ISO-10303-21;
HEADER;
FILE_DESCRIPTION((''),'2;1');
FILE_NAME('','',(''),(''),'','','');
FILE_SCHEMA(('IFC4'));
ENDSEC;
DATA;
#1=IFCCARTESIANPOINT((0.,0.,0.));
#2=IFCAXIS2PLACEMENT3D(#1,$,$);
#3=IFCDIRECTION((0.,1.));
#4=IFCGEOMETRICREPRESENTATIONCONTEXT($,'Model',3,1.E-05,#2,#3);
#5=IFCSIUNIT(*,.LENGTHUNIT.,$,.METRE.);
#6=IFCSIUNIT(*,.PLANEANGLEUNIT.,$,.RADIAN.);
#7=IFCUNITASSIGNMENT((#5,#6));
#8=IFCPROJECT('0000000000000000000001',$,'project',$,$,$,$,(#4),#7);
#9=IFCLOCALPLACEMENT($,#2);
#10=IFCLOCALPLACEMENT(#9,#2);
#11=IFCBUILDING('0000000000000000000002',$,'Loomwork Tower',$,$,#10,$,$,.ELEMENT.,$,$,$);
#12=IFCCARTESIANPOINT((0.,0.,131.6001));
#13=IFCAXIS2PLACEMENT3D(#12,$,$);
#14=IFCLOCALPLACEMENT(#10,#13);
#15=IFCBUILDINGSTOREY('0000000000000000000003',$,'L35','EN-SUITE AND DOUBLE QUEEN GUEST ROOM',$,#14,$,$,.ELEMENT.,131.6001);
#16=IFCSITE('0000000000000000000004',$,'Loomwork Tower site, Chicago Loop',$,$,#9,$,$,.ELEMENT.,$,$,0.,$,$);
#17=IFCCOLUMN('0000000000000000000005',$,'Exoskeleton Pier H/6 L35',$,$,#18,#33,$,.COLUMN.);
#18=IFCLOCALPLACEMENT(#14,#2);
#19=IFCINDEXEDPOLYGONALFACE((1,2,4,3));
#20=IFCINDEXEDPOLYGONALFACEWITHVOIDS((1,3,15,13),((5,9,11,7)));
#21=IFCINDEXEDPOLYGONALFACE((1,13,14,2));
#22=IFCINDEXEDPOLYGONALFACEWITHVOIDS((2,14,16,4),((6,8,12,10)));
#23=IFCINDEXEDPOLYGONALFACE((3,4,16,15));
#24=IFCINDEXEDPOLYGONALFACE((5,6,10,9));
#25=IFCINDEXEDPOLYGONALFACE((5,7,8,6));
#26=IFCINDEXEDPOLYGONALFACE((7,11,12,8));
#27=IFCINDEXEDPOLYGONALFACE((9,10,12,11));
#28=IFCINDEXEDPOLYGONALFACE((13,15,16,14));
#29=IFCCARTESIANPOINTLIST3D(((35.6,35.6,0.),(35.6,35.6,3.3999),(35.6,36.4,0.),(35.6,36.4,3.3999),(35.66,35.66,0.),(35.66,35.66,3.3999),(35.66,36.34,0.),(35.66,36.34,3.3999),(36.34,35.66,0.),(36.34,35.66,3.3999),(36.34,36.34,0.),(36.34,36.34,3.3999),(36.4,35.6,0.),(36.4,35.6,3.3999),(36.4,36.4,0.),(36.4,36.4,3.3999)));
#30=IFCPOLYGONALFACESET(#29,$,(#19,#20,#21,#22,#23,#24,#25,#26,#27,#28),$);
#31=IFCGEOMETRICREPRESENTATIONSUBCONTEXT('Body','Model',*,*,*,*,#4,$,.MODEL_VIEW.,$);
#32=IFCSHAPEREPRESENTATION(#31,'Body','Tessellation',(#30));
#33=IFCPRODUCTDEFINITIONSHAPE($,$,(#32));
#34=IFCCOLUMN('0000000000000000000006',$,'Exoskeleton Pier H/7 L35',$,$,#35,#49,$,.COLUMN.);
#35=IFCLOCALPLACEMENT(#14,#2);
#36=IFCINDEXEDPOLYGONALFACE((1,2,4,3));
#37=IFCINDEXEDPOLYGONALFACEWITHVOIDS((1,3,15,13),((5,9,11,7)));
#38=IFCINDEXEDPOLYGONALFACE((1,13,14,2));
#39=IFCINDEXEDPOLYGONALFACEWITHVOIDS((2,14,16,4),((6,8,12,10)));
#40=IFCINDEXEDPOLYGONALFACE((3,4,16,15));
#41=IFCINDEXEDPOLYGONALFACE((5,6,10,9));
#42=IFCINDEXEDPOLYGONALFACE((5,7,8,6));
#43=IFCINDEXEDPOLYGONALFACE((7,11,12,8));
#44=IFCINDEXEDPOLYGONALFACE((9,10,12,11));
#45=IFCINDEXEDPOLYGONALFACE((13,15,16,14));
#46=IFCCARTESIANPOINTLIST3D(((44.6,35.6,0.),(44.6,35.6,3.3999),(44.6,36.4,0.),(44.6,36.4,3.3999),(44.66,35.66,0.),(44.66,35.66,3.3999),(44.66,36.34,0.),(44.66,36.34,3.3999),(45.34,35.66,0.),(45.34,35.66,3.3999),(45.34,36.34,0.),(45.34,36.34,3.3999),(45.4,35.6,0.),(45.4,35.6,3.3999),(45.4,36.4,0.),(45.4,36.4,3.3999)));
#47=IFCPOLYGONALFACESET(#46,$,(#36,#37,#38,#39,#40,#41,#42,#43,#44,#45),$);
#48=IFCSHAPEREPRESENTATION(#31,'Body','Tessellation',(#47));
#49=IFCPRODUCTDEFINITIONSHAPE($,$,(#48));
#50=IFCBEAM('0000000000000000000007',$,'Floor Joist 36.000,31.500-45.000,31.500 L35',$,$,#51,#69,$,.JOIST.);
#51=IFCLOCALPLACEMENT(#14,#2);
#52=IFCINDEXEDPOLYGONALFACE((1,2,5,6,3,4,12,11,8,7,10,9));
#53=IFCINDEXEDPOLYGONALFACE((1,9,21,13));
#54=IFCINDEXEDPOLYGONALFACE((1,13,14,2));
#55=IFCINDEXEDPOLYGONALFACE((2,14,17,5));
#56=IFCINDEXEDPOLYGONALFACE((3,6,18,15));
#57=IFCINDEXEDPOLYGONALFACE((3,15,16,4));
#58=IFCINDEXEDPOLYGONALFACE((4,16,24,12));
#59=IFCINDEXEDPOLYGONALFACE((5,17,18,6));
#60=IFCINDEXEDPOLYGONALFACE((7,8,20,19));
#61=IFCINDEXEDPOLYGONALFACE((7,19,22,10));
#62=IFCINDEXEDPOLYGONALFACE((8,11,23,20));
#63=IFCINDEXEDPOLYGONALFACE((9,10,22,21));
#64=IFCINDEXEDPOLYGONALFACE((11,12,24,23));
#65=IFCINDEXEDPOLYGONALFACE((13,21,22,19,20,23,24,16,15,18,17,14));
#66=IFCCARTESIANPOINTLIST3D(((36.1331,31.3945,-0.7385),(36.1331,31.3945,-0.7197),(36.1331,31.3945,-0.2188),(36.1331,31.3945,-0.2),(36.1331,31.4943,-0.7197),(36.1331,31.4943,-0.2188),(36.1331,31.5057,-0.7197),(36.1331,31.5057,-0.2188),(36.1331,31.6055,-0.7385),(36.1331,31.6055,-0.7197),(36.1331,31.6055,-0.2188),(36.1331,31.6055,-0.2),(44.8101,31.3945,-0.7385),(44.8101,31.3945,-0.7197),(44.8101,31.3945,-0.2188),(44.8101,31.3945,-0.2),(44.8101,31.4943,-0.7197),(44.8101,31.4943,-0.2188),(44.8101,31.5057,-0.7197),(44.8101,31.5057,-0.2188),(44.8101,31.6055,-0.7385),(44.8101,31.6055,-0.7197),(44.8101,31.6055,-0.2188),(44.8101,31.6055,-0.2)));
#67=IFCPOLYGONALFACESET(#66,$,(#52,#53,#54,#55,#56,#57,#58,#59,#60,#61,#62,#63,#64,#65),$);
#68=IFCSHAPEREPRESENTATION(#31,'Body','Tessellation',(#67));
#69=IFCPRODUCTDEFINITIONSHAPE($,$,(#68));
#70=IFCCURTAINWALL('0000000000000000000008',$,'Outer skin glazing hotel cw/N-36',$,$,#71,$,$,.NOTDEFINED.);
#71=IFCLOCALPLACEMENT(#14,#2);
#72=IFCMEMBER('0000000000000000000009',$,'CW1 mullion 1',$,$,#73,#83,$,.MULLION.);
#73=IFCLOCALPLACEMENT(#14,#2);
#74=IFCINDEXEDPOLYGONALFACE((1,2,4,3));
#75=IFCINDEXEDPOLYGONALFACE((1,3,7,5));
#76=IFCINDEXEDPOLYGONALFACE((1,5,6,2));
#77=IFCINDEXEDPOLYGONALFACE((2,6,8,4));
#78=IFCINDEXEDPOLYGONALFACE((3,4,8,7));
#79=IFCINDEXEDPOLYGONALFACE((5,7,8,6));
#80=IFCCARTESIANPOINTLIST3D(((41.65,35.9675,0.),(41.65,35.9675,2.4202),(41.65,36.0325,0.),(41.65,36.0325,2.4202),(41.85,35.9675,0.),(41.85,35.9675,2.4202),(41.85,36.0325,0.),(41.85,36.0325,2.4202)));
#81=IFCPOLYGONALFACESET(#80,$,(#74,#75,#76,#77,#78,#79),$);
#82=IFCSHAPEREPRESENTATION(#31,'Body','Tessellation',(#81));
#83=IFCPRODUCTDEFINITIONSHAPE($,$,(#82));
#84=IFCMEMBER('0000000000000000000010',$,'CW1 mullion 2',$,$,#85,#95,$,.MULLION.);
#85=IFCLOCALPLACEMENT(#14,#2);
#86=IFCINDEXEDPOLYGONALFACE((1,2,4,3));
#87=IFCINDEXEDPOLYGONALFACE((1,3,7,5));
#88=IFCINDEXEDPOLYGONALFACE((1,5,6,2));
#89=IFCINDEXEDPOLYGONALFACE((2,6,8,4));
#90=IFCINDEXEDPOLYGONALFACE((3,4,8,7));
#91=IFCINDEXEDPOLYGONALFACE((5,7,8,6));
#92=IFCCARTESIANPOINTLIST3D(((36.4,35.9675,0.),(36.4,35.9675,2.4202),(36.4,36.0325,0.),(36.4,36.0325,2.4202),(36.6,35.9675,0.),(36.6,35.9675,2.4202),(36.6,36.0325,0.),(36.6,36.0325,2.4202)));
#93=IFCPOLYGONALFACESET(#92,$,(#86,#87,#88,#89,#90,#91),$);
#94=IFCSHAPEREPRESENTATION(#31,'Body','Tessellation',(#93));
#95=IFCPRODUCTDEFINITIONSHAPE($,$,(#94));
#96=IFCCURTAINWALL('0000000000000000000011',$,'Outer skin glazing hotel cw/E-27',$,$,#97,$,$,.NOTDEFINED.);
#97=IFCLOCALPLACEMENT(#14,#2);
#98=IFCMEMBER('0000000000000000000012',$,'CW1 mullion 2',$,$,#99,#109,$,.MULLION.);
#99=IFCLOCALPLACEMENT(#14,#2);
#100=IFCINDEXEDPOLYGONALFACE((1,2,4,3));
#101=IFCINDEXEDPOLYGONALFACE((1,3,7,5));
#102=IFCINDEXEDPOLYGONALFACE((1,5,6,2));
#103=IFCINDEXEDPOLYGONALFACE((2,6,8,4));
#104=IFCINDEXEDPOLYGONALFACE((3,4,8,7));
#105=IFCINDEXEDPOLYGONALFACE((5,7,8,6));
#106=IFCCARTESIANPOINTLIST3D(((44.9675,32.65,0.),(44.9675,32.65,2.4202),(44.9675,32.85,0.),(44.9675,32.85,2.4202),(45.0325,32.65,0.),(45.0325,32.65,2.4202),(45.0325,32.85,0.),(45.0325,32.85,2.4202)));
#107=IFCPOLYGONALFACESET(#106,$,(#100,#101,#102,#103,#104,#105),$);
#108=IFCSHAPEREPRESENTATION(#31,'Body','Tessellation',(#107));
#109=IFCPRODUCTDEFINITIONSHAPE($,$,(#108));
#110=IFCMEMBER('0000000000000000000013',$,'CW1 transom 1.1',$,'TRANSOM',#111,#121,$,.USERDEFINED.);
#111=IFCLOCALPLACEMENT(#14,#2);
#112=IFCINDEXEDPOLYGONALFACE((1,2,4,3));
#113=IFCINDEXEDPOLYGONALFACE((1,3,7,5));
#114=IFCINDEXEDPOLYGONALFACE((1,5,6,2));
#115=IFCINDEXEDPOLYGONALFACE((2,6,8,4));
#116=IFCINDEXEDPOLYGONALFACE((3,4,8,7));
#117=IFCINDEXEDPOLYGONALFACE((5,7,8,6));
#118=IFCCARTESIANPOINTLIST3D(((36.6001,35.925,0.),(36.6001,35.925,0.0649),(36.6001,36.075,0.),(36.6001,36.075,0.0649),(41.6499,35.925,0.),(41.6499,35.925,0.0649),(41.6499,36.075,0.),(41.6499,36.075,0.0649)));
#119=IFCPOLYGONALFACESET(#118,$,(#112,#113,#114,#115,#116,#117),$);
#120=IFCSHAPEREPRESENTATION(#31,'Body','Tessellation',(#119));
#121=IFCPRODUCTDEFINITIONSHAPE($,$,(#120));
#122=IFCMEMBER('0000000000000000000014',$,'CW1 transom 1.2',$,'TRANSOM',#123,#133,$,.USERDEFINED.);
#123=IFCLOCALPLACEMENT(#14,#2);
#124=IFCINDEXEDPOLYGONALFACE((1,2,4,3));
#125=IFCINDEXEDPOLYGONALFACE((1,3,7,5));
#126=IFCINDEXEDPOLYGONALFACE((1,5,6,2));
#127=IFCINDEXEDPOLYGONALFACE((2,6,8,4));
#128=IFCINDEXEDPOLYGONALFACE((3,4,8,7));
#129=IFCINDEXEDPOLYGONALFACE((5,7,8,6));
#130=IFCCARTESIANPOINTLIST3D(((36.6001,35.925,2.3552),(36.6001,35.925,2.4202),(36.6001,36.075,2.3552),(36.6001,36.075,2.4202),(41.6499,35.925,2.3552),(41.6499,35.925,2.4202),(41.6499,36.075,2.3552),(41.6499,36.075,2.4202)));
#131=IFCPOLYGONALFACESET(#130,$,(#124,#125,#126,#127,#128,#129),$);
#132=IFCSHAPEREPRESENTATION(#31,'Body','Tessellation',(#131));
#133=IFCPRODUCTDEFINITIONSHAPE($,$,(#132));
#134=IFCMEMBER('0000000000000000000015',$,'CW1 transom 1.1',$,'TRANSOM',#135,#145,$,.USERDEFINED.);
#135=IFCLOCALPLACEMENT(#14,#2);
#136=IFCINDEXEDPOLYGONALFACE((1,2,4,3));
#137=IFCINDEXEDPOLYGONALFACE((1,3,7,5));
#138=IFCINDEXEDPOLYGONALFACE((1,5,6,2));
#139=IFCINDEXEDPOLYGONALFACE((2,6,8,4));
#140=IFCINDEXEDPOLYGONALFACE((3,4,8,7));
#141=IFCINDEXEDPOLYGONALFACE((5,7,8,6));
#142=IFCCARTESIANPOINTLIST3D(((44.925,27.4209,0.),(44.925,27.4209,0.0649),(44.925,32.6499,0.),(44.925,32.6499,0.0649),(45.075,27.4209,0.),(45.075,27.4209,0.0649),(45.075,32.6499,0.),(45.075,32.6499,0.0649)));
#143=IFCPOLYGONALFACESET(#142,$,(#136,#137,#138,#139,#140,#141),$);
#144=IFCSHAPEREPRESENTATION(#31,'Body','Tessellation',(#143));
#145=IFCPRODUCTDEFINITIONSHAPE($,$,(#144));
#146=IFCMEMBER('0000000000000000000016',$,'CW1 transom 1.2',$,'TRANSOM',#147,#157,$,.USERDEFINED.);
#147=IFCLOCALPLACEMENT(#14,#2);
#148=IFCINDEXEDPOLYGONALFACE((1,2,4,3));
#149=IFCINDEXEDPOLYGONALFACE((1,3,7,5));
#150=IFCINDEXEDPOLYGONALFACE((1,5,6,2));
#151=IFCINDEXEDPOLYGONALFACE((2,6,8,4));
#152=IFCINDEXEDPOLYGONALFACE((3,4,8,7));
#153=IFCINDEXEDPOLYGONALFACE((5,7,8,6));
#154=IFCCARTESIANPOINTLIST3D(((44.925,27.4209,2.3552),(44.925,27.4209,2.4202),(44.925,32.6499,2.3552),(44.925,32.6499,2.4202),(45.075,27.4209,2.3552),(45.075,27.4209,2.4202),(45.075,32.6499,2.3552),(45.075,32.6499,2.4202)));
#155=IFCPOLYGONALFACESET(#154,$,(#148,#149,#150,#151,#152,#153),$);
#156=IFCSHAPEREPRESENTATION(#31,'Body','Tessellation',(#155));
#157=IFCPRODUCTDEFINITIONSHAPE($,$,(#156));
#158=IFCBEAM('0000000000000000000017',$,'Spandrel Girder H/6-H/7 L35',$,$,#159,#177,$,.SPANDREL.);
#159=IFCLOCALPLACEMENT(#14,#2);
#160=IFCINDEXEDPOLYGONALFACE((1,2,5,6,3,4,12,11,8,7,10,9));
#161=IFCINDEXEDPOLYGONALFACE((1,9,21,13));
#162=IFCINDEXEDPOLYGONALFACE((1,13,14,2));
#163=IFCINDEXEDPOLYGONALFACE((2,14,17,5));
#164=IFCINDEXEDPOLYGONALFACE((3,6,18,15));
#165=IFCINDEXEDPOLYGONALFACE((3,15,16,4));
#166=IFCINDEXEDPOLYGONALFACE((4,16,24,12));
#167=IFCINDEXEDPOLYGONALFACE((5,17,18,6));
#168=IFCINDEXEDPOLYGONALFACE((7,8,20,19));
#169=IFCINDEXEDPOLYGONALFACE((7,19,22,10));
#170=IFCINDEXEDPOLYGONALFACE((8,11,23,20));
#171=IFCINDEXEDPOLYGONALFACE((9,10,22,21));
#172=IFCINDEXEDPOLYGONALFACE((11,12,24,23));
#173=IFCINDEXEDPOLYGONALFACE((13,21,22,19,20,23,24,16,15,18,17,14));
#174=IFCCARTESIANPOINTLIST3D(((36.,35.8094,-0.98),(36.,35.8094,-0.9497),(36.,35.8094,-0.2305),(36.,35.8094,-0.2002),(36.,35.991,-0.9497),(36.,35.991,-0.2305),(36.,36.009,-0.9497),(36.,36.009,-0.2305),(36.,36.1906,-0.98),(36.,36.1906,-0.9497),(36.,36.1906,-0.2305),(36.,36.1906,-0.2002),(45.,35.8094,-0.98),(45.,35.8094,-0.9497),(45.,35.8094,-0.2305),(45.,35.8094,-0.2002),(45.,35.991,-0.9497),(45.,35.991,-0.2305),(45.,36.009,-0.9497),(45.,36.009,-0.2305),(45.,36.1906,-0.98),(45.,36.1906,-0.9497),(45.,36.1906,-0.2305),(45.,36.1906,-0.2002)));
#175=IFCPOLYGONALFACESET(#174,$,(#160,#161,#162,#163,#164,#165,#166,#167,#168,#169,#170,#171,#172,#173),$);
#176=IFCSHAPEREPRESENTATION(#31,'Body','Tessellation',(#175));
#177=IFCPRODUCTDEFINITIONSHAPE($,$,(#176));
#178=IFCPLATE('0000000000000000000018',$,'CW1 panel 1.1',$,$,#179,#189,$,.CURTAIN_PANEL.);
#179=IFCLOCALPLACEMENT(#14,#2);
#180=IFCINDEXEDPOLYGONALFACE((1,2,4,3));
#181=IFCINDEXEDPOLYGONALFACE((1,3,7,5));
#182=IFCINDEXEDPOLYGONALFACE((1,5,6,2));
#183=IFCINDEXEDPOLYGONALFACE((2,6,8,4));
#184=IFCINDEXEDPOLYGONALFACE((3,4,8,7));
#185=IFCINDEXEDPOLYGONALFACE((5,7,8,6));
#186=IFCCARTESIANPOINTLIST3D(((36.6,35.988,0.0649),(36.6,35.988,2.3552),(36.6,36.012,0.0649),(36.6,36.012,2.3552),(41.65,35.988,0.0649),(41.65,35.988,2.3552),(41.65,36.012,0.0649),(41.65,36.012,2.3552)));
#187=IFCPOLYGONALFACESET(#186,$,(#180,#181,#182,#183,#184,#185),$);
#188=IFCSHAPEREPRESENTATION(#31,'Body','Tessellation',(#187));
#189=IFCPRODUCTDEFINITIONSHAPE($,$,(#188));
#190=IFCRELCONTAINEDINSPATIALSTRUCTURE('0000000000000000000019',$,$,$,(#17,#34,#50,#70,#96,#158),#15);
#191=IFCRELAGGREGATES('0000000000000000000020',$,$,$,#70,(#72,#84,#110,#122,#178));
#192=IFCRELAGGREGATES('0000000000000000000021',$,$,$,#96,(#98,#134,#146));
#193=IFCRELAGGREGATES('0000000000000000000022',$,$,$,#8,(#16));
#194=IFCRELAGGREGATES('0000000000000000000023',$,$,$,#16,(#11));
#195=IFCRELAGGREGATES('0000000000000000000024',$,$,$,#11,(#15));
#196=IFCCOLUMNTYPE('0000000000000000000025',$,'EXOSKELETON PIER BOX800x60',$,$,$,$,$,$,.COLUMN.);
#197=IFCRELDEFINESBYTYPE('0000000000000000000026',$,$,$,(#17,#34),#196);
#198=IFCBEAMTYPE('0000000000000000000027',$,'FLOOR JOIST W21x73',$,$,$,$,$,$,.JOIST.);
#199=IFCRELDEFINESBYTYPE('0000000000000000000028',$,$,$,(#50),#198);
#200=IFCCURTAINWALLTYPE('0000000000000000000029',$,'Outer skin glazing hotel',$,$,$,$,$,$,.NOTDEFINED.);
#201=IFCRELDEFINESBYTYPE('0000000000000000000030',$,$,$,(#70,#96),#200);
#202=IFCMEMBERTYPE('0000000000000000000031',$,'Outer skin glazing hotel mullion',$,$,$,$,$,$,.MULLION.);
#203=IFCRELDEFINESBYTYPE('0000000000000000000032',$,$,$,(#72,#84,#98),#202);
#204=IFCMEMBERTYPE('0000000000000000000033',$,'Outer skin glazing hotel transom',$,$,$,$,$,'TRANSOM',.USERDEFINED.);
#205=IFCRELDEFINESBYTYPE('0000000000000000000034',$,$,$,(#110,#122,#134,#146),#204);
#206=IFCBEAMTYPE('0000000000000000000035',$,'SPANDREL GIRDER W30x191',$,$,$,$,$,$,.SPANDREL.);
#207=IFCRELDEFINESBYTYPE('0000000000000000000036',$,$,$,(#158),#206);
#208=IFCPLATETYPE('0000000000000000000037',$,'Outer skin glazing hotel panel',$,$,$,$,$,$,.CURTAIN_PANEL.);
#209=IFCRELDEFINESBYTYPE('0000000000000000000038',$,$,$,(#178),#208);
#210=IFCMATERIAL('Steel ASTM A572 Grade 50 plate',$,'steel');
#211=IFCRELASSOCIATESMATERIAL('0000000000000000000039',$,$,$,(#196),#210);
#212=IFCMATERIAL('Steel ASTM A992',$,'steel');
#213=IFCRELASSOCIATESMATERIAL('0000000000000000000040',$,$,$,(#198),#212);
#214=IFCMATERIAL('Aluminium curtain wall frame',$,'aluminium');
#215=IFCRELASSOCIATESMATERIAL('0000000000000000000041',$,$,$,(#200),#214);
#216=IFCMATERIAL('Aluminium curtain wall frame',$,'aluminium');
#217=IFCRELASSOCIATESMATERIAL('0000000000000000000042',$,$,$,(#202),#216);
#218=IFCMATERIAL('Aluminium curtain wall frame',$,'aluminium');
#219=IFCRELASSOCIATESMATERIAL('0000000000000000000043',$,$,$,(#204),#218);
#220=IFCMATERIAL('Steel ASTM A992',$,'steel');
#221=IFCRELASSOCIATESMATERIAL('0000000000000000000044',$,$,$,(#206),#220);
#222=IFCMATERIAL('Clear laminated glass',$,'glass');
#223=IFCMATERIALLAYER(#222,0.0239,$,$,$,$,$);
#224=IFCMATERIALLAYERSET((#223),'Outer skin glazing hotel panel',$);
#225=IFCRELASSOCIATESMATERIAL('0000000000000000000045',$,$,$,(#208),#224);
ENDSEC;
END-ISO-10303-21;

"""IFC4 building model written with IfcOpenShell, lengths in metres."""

from ifc_helpers import new_model, si_unit, direction, frame, origin, origin_2d, place, context, subcontext, project, spatial, rectangle, hollow_rectangle, i_section, extrude, material, layer, layer_set, material_profile, profile_set, type_object, element, aggregate, save


model = new_model("IFC4")

# Units and contexts
model_context = context("Model", 3, precision=1e-05, world=origin(), true_north=direction((0.0, 1.0)))
body_context = subcontext(model_context, "Body", "Model", "MODEL_VIEW")
ifc_project = project(units=[si_unit("LENGTHUNIT", "METRE"), si_unit("PLANEANGLEUNIT", "RADIAN")], contexts=[model_context])

# Site, building, storey
site_placement = place(None, origin())
site = spatial("IfcSite", under=ifc_project, at=site_placement, Name="Loomwork Tower site, Chicago Loop", CompositionType="ELEMENT", RefElevation=0.0)
building_placement = place(site_placement, origin())
building = spatial("IfcBuilding", under=site, at=building_placement, Name="Loomwork Tower", CompositionType="ELEMENT")
storey_placement = place(building_placement, frame((0.0, 0.0, 131.6001)))
storey = spatial("IfcBuildingStorey", under=building, at=storey_placement, Name="L35", Description="EN-SUITE AND DOUBLE QUEEN GUEST ROOM", CompositionType="ELEMENT", Elevation=131.6001)

# Columns
ifc_material_1 = material(Name="Steel ASTM A572 Grade 50 plate", Category="steel")
ifc_material_profile_1 = material_profile(ifc_material_1, hollow_rectangle(XDim=0.8, YDim=0.8, WallThickness=0.0601, at=origin_2d()), Name="BOX800x60")
ifc_profile_set_1 = profile_set([ifc_material_profile_1], Name="Steel ASTM A572 Grade 50 plate")
column_type = type_object("IfcColumnType", Name="EXOSKELETON PIER BOX800x60", PredefinedType="COLUMN", material=ifc_profile_set_1)
for number, where, z_axis, x_axis, name in (
    (1, (36.0, 36.0, 0.0), (0.0, 0.0, 1.0), (1.0, 0.0, 0.0), "Exoskeleton Pier H/6 L35"),
    (2, (45.0, 36.0, 0.0), (0.0, 0.0, 1.0), (1.0, 0.0, 0.0), "Exoskeleton Pier H/7 L35"),
):
    element("IfcColumn", number, at=place(storey_placement, frame(where, z_axis=z_axis, x_axis=x_axis)), inside=storey, type_object=column_type, Name=name, PredefinedType="COLUMN", context=body_context, shape_type="SweptSolid", body=[
        extrude(hollow_rectangle(XDim=0.8, YDim=0.8, WallThickness=0.0601, at=origin_2d()), origin(), (0.0, 0.0, 1.0), 3.3999),
    ])

# Beam
ifc_material_2 = material(Name="Steel ASTM A992", Category="steel")
ifc_material_profile_2 = material_profile(ifc_material_2, i_section(OverallWidth=0.2109, OverallDepth=0.5386, WebThickness=0.0115, FlangeThickness=0.0188, at=origin_2d()), Name="W21x73")
ifc_profile_set_2 = profile_set([ifc_material_profile_2], Name="Steel ASTM A992")
beam_type_1 = type_object("IfcBeamType", Name="FLOOR JOIST W21x73", PredefinedType="JOIST", material=ifc_profile_set_2)
beam_1_placement = place(storey_placement, frame((36.1331, 31.5, -0.4692), z_axis=(1.0, 0.0, 0.0), x_axis=(0.0, 1.0, 0.0)))
element("IfcBeam", 3, at=beam_1_placement, inside=storey, type_object=beam_type_1, Name="Floor Joist 36.000,31.500-45.000,31.500 L35", PredefinedType="JOIST", context=body_context, shape_type="SweptSolid", body=[
    extrude(i_section(OverallWidth=0.2109, OverallDepth=0.5386, WebThickness=0.0115, FlangeThickness=0.0188, at=origin_2d()), origin(), (0.0, 0.0, 1.0), 8.677),
])

# Curtain wall, members
ifc_material_3 = material(Name="Aluminium curtain wall frame", Category="aluminium")
curtain_wall_type = type_object("IfcCurtainWallType", Name="Outer skin glazing hotel", PredefinedType="NOTDEFINED", material=ifc_material_3)
curtain_wall_1_placement = place(storey_placement, origin())
curtain_wall_1 = element("IfcCurtainWall", 4, at=curtain_wall_1_placement, inside=storey, type_object=curtain_wall_type, Name="Outer skin glazing hotel cw/N-36", PredefinedType="NOTDEFINED")
ifc_material_4 = material(Name="Aluminium curtain wall frame", Category="aluminium")
ifc_material_profile_3 = material_profile(ifc_material_4, rectangle(XDim=0.0649, YDim=0.2, at=origin_2d()), Name="AL 65x200")
ifc_profile_set_3 = profile_set([ifc_material_profile_3], Name="Aluminium curtain wall frame")
member_type_1 = type_object("IfcMemberType", Name="Outer skin glazing hotel mullion", PredefinedType="MULLION", material=ifc_profile_set_3)
member_1_placement = place(storey_placement, frame((41.75, 36.0, 0.0), z_axis=(0.0, 0.0, 1.0), x_axis=(0.0, -1.0, 0.0)))
member_1 = element("IfcMember", 5, at=member_1_placement, type_object=member_type_1, Name="CW1 mullion 1", PredefinedType="MULLION", context=body_context, shape_type="SweptSolid", body=[
    extrude(rectangle(XDim=0.0649, YDim=0.2, at=origin_2d()), origin(), (0.0, 0.0, 1.0), 2.4202),
])
member_2_placement = place(storey_placement, frame((36.5, 36.0, 0.0), z_axis=(0.0, 0.0, 1.0), x_axis=(0.0, -1.0, 0.0)))
member_2 = element("IfcMember", 6, at=member_2_placement, type_object=member_type_1, Name="CW1 mullion 2", PredefinedType="MULLION", context=body_context, shape_type="SweptSolid", body=[
    extrude(rectangle(XDim=0.0649, YDim=0.2, at=origin_2d()), origin(), (0.0, 0.0, 1.0), 2.4202),
])

# Curtain wall, member
curtain_wall_2_placement = place(storey_placement, origin())
curtain_wall_2 = element("IfcCurtainWall", 7, at=curtain_wall_2_placement, inside=storey, type_object=curtain_wall_type, Name="Outer skin glazing hotel cw/E-27", PredefinedType="NOTDEFINED")
member_3_placement = place(storey_placement, frame((45.0, 32.75, 0.0), z_axis=(0.0, 0.0, 1.0), x_axis=(-1.0, 0.0, 0.0)))
member_3 = element("IfcMember", 8, at=member_3_placement, type_object=member_type_1, Name="CW1 mullion 2", PredefinedType="MULLION", context=body_context, shape_type="SweptSolid", body=[
    extrude(rectangle(XDim=0.0649, YDim=0.2, at=origin_2d()), origin(), (0.0, 0.0, 1.0), 2.4202),
])

# Members
ifc_material_5 = material(Name="Aluminium curtain wall frame", Category="aluminium")
ifc_material_profile_4 = material_profile(ifc_material_5, rectangle(XDim=0.1499, YDim=0.0649, at=origin_2d()), Name="AL 65x150")
ifc_profile_set_4 = profile_set([ifc_material_profile_4], Name="Aluminium curtain wall frame")
member_type_2 = type_object("IfcMemberType", Name="Outer skin glazing hotel transom", ElementType="TRANSOM", PredefinedType="USERDEFINED", material=ifc_profile_set_4)
member_4_placement = place(storey_placement, frame((41.6499, 36.0, 0.0325), z_axis=(-1.0, 0.0, 0.0), x_axis=(0.0, -1.0, 0.0)))
member_4 = element("IfcMember", 9, at=member_4_placement, type_object=member_type_2, Name="CW1 transom 1.1", ObjectType="TRANSOM", PredefinedType="USERDEFINED", context=body_context, shape_type="SweptSolid", body=[
    extrude(rectangle(XDim=0.1499, YDim=0.0649, at=origin_2d()), origin(), (0.0, 0.0, 1.0), 5.0498),
])
member_5_placement = place(storey_placement, frame((41.6499, 36.0, 2.3877), z_axis=(-1.0, 0.0, 0.0), x_axis=(0.0, -1.0, 0.0)))
member_5 = element("IfcMember", 10, at=member_5_placement, type_object=member_type_2, Name="CW1 transom 1.2", ObjectType="TRANSOM", PredefinedType="USERDEFINED", context=body_context, shape_type="SweptSolid", body=[
    extrude(rectangle(XDim=0.1499, YDim=0.0649, at=origin_2d()), origin(), (0.0, 0.0, 1.0), 5.0498),
])
member_6_placement = place(storey_placement, frame((45.0, 27.4209, 0.0325), z_axis=(0.0, 1.0, 0.0), x_axis=(-1.0, 0.0, 0.0)))
member_6 = element("IfcMember", 11, at=member_6_placement, type_object=member_type_2, Name="CW1 transom 1.1", ObjectType="TRANSOM", PredefinedType="USERDEFINED", context=body_context, shape_type="SweptSolid", body=[
    extrude(rectangle(XDim=0.1499, YDim=0.0649, at=origin_2d()), origin(), (0.0, 0.0, 1.0), 5.229),
])
member_7_placement = place(storey_placement, frame((45.0, 27.4209, 2.3877), z_axis=(0.0, 1.0, 0.0), x_axis=(-1.0, 0.0, 0.0)))
member_7 = element("IfcMember", 12, at=member_7_placement, type_object=member_type_2, Name="CW1 transom 1.2", ObjectType="TRANSOM", PredefinedType="USERDEFINED", context=body_context, shape_type="SweptSolid", body=[
    extrude(rectangle(XDim=0.1499, YDim=0.0649, at=origin_2d()), origin(), (0.0, 0.0, 1.0), 5.229),
])

# Beam
ifc_material_6 = material(Name="Steel ASTM A992", Category="steel")
ifc_material_profile_5 = material_profile(ifc_material_6, i_section(OverallWidth=0.3811, OverallDepth=0.7798, WebThickness=0.0181, FlangeThickness=0.0303, at=origin_2d()), Name="W30x191")
ifc_profile_set_5 = profile_set([ifc_material_profile_5], Name="Steel ASTM A992")
beam_type_2 = type_object("IfcBeamType", Name="SPANDREL GIRDER W30x191", PredefinedType="SPANDREL", material=ifc_profile_set_5)
beam_2_placement = place(storey_placement, frame((36.0, 36.0, -0.5901), z_axis=(1.0, 0.0, 0.0), x_axis=(0.0, 1.0, 0.0)))
element("IfcBeam", 13, at=beam_2_placement, inside=storey, type_object=beam_type_2, Name="Spandrel Girder H/6-H/7 L35", PredefinedType="SPANDREL", context=body_context, shape_type="SweptSolid", body=[
    extrude(i_section(OverallWidth=0.3811, OverallDepth=0.7798, WebThickness=0.0181, FlangeThickness=0.0303, at=origin_2d()), origin(), (0.0, 0.0, 1.0), 9.0),
])

# Plate
ifc_material_7 = material(Name="Clear laminated glass", Category="glass")
ifc_layer_1 = layer(ifc_material_7, 0.0239)
ifc_layer_set_1 = layer_set([ifc_layer_1], Name="Outer skin glazing hotel panel")
plate_type = type_object("IfcPlateType", Name="Outer skin glazing hotel panel", PredefinedType="CURTAIN_PANEL", material=ifc_layer_set_1)
plate_1_placement = place(storey_placement, frame((39.125, 36.0, 0.0649), z_axis=(0.0, 0.0, 1.0), x_axis=(-1.0, 0.0, 0.0)))
plate_1 = element("IfcPlate", 14, at=plate_1_placement, type_object=plate_type, Name="CW1 panel 1.1", PredefinedType="CURTAIN_PANEL", context=body_context, shape_type="SweptSolid", body=[
    extrude(rectangle(XDim=5.05, YDim=0.0239, at=origin_2d()), origin(), (0.0, 0.0, 1.0), 2.2903),
])
aggregate(curtain_wall_1, [member_1, member_2, member_4, member_5, plate_1])
aggregate(curtain_wall_2, [member_3, member_6, member_7])

save(model, "model.ifc")
